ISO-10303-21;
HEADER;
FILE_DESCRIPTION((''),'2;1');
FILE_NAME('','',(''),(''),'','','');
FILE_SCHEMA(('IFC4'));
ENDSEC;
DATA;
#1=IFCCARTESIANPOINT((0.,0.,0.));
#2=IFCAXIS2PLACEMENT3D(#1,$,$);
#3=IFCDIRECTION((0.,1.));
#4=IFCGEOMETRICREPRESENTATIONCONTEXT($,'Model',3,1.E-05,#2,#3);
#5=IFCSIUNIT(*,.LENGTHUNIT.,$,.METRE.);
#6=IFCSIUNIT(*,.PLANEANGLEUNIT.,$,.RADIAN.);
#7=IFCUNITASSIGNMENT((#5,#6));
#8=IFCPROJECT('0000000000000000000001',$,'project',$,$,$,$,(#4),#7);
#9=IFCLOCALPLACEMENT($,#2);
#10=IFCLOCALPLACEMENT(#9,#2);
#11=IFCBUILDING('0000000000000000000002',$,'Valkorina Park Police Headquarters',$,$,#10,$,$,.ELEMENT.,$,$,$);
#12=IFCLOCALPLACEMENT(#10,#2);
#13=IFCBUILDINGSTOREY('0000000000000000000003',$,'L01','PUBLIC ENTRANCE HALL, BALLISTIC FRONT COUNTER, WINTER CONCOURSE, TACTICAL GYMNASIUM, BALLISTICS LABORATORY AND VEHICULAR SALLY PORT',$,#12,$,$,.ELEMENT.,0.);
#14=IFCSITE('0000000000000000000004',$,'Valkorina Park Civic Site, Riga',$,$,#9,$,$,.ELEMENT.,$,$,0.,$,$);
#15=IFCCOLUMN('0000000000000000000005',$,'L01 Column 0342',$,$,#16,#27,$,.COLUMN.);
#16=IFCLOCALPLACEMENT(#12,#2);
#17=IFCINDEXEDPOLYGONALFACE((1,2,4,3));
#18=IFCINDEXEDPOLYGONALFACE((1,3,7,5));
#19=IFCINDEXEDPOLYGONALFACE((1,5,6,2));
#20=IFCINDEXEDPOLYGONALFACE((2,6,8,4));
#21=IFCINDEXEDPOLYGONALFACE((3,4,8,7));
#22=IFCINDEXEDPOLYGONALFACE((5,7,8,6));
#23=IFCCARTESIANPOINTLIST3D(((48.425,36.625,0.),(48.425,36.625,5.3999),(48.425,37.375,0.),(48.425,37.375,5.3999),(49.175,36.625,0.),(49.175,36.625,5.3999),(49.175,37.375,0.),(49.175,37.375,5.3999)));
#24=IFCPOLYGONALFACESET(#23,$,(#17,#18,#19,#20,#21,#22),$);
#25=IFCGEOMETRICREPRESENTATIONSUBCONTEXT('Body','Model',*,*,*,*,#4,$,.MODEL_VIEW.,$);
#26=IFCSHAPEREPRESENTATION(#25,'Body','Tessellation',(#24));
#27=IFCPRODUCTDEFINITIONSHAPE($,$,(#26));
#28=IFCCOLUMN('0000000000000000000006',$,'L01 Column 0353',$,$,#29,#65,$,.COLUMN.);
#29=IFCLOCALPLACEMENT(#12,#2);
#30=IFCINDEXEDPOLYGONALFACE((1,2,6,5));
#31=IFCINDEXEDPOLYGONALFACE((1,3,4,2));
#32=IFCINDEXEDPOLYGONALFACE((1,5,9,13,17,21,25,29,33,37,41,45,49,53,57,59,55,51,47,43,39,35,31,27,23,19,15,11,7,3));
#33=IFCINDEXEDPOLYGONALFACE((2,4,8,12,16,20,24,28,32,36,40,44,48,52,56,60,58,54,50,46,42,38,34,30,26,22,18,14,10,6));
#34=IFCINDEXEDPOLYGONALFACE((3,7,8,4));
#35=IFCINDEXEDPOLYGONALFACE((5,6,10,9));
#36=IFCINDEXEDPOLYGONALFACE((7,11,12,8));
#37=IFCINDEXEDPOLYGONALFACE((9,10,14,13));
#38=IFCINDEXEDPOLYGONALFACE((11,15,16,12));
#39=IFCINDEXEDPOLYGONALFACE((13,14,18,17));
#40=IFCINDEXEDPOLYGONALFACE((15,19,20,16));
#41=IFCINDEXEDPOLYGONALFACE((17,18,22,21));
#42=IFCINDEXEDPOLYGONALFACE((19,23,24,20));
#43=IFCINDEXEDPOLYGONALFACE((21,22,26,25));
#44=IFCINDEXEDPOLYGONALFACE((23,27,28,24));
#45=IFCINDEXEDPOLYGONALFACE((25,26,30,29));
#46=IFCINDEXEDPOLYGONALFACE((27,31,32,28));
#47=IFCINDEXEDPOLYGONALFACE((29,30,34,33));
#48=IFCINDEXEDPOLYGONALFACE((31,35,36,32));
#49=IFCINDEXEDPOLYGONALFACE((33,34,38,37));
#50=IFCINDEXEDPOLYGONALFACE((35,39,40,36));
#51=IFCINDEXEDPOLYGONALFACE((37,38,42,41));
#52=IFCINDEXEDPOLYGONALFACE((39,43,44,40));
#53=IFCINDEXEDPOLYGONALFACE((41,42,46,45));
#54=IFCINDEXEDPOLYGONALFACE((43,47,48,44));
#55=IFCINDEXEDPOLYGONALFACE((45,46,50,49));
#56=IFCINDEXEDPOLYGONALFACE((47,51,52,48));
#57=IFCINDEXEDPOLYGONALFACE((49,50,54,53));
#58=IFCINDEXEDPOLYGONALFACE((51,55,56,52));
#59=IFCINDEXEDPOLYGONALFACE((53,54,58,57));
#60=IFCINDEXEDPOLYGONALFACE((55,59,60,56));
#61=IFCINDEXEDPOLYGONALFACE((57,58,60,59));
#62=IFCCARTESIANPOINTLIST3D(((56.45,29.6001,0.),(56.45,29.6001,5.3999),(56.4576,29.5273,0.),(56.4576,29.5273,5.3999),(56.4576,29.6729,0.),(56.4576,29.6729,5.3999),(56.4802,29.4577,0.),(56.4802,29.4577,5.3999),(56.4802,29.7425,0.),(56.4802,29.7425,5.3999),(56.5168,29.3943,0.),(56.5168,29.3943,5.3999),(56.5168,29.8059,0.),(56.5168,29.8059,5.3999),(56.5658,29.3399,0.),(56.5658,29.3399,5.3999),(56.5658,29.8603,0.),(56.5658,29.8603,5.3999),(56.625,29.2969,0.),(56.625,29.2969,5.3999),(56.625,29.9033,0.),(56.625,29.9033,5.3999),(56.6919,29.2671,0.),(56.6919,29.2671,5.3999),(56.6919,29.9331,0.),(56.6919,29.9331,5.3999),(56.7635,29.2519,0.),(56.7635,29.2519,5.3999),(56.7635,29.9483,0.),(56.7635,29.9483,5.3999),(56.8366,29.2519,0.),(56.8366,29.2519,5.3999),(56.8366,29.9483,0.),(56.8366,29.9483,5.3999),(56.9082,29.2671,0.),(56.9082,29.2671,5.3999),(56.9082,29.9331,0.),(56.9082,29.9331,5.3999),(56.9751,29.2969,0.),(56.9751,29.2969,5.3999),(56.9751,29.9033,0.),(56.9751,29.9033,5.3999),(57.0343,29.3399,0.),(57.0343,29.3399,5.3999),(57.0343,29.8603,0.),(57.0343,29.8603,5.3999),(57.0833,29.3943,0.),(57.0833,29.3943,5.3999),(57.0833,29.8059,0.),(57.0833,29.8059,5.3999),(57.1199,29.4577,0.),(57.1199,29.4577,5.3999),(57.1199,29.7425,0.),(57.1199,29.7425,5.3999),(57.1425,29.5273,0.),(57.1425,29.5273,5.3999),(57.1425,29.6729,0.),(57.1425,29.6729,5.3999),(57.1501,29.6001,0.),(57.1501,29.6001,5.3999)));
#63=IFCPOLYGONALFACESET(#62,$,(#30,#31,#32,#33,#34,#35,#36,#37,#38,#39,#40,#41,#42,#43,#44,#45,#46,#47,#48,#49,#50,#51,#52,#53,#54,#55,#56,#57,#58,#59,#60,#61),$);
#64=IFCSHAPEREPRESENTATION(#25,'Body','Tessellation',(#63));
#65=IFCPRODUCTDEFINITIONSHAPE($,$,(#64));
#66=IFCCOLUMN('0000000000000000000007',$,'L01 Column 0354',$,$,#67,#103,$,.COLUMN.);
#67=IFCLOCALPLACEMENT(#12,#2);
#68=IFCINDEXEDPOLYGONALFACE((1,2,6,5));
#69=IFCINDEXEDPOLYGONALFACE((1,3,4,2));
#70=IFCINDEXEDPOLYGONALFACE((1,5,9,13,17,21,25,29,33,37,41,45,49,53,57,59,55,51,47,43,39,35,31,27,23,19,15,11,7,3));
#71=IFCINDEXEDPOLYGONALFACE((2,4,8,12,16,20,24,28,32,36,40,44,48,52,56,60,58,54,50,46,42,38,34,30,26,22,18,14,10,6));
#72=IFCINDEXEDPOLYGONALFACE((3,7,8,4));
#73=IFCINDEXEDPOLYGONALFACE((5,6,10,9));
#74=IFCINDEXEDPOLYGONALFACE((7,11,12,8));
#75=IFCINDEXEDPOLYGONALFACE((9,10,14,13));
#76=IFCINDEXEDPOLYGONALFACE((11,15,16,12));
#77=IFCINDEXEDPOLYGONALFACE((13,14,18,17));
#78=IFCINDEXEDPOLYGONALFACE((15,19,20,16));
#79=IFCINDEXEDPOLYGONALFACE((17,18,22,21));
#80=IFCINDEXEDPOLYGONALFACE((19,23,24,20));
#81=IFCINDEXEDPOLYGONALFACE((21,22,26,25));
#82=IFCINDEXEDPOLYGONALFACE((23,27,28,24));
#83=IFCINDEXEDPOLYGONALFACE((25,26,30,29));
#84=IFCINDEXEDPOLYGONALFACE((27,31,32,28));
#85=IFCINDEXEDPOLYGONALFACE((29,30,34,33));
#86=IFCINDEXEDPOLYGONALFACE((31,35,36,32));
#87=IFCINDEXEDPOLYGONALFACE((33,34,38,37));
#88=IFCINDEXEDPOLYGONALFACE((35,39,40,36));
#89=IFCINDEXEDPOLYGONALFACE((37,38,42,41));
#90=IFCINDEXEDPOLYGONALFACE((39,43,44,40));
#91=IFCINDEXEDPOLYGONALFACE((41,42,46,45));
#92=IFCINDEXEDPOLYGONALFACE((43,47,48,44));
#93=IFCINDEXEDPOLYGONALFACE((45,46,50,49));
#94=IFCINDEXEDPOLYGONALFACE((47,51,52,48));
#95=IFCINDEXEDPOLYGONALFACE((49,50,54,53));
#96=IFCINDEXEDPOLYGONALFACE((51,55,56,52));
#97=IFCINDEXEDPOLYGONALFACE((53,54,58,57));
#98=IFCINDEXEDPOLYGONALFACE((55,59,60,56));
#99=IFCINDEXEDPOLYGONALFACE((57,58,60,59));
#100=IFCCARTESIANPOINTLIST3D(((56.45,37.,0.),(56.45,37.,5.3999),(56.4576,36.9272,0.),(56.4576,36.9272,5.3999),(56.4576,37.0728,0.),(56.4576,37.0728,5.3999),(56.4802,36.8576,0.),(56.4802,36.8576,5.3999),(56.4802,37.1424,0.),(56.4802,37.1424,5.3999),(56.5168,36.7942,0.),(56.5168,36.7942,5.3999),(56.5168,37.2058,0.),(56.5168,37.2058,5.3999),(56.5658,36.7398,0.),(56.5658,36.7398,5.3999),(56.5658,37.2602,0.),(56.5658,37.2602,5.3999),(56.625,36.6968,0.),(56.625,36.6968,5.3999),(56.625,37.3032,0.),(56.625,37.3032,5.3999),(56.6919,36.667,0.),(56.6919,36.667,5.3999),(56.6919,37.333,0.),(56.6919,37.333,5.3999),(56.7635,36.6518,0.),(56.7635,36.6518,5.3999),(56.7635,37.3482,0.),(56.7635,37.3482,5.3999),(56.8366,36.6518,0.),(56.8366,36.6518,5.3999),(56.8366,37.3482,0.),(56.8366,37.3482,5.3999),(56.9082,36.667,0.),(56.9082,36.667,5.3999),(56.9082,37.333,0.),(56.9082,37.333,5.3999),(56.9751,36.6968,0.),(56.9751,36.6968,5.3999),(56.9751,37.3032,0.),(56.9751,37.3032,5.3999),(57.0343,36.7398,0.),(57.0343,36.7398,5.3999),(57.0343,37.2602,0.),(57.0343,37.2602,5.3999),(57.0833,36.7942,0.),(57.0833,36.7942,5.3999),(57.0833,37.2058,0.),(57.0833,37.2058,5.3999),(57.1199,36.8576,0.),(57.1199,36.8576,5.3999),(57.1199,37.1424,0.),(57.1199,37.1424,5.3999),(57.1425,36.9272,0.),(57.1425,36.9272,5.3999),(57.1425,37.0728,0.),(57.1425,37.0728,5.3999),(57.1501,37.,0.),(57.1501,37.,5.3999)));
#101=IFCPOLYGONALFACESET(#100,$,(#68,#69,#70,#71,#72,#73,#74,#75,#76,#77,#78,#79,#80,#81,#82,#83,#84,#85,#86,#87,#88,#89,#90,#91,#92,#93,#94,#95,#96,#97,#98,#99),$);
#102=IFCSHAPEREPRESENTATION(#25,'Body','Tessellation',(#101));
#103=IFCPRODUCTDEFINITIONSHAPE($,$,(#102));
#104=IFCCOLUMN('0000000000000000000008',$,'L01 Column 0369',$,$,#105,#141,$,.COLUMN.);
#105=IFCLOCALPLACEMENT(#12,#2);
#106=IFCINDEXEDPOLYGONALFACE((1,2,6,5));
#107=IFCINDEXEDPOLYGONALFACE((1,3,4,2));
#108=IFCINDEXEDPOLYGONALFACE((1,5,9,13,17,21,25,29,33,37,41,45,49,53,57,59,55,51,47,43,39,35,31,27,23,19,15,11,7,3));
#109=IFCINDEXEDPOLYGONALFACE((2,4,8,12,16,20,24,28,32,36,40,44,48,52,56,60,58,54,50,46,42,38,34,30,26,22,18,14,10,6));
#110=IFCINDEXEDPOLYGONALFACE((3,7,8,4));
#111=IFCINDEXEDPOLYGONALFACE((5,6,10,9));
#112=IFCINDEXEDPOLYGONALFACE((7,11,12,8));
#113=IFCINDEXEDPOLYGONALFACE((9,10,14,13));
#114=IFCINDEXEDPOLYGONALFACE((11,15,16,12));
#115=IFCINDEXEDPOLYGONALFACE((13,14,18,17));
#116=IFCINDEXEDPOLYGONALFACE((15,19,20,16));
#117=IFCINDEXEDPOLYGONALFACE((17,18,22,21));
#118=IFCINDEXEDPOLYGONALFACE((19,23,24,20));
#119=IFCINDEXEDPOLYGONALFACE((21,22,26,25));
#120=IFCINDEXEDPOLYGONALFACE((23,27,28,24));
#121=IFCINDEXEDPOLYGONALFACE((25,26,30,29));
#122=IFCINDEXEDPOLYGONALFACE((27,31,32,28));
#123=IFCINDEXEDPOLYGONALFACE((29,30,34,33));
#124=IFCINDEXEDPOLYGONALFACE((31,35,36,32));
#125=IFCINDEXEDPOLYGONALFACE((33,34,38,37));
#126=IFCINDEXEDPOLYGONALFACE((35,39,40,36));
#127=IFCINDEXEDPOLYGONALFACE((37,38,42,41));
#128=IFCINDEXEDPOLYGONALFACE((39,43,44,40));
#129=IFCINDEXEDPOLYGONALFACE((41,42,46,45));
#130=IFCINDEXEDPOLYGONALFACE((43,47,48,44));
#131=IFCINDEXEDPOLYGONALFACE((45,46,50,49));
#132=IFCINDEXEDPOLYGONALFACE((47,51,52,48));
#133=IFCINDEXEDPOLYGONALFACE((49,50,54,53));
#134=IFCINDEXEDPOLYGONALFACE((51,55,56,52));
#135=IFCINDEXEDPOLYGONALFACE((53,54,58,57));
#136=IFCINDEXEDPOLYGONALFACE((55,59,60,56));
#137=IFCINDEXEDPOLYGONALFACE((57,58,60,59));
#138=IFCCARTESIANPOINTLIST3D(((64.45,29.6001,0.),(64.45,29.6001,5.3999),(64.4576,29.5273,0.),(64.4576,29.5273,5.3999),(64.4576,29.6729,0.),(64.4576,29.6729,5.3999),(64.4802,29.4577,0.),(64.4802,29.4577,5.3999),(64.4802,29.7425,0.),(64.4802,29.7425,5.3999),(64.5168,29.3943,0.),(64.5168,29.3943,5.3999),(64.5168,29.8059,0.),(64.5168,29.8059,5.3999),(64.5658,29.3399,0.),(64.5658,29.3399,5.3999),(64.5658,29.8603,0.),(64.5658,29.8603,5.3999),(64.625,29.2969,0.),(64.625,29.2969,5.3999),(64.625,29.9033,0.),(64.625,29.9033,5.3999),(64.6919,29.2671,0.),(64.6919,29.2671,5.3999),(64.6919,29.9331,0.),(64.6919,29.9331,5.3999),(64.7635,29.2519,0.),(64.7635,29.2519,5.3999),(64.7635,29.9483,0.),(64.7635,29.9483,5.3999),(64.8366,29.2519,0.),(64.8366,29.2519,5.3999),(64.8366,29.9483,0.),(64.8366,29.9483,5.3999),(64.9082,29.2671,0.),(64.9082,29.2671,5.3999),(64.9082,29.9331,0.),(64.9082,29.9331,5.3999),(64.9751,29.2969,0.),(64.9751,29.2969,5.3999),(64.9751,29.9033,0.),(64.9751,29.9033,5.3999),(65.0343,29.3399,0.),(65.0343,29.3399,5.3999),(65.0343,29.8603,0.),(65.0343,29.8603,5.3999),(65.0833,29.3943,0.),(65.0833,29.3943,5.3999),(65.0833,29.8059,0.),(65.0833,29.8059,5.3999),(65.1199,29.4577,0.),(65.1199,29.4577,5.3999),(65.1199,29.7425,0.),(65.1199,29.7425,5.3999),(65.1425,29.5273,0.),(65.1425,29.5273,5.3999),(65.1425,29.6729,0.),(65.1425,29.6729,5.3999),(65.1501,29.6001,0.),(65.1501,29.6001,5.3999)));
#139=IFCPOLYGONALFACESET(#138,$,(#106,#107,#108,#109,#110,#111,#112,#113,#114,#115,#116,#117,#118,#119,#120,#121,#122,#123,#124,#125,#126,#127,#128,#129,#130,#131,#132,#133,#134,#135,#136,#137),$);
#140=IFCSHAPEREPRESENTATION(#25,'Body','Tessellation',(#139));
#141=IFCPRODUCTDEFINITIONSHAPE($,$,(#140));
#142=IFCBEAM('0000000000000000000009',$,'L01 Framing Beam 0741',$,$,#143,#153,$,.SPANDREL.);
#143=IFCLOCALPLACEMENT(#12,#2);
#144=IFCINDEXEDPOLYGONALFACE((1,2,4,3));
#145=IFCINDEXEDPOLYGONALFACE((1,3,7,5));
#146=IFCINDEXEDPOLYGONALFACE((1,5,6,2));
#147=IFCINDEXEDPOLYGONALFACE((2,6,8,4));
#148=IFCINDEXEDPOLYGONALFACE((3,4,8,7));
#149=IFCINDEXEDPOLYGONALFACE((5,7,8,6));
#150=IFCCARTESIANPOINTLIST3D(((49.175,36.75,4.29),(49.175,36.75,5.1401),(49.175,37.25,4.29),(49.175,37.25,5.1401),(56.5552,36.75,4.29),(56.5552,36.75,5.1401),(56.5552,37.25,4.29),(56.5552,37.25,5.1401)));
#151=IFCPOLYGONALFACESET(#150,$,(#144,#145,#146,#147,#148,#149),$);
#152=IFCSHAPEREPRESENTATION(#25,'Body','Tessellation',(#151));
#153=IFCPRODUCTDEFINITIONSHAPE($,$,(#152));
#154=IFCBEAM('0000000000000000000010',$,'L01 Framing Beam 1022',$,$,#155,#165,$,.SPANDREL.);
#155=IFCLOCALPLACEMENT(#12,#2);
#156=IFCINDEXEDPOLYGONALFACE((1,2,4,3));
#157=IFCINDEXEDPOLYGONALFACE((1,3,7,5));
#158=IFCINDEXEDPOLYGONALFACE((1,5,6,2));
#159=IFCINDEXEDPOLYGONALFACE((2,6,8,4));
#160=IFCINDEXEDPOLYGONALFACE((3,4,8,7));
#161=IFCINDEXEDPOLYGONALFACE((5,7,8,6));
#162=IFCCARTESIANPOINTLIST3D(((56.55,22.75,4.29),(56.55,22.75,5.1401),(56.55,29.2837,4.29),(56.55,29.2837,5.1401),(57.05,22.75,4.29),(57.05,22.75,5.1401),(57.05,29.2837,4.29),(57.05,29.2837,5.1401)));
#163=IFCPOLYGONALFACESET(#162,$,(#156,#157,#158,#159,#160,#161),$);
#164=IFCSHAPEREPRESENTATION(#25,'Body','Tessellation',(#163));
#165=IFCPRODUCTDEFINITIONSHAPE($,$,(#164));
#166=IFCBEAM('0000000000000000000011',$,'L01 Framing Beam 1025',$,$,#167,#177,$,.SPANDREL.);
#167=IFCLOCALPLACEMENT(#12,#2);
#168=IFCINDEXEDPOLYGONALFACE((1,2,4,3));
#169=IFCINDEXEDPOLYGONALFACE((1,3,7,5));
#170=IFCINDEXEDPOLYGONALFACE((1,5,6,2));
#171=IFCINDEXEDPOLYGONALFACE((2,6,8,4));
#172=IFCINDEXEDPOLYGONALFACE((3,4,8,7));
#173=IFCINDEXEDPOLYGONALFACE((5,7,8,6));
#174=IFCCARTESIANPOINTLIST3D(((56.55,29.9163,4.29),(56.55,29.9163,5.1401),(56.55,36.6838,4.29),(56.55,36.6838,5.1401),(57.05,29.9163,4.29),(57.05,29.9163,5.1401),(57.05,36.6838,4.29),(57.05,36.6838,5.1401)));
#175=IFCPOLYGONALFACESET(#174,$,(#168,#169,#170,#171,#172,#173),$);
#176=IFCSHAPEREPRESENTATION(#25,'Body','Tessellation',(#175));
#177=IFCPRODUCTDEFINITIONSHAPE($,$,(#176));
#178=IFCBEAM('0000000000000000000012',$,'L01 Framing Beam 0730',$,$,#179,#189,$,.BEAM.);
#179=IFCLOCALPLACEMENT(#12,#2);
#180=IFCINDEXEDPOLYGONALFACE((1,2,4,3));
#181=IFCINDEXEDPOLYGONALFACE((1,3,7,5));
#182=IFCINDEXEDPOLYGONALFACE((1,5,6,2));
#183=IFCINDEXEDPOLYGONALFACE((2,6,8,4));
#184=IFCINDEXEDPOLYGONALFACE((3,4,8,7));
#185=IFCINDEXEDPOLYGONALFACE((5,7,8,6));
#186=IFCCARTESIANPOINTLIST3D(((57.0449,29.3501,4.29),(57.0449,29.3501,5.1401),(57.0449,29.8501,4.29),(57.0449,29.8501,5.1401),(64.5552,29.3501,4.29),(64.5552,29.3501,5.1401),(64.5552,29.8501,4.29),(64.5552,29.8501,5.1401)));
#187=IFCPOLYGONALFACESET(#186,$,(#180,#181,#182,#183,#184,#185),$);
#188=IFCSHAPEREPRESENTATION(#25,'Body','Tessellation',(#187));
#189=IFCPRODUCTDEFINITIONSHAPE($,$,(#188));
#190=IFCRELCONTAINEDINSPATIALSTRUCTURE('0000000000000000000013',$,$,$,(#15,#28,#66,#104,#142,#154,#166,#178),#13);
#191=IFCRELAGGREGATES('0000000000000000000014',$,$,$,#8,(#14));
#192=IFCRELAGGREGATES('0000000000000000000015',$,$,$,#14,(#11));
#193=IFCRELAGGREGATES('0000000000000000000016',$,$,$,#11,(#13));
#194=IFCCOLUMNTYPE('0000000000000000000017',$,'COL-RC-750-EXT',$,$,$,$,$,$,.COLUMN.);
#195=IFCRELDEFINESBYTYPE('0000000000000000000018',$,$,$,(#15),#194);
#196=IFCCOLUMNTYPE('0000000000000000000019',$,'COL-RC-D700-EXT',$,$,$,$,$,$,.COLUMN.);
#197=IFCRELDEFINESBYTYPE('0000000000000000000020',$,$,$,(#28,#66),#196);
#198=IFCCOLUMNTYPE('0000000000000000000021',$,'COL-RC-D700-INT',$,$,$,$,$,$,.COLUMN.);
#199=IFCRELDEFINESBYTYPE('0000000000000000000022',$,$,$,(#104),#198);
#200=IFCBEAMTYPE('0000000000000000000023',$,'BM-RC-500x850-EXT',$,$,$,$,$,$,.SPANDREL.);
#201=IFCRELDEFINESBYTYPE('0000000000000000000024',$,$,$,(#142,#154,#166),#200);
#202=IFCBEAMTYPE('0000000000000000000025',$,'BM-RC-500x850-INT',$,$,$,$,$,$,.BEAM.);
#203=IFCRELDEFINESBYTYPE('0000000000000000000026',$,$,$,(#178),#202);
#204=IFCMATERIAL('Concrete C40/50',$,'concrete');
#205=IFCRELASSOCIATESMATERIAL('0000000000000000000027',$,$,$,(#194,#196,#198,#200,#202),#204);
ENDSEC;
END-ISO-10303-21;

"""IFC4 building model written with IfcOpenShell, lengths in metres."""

from ifc_helpers import new_model, si_unit, direction, frame, origin, origin_2d, place, context, subcontext, project, spatial, rectangle, circle, extrude, material, material_profile, profile_set, type_object, element, save


model = new_model("IFC4")

# Units and contexts
model_context = context("Model", 3, precision=1e-05, world=origin(), true_north=direction((0.0, 1.0)))
body_context = subcontext(model_context, "Body", "Model", "MODEL_VIEW")
ifc_project = project(units=[si_unit("LENGTHUNIT", "METRE"), si_unit("PLANEANGLEUNIT", "RADIAN")], contexts=[model_context])

# Site, building, storey
site_placement = place(None, origin())
site = spatial("IfcSite", under=ifc_project, at=site_placement, Name="Valkorina Park Civic Site, Riga", CompositionType="ELEMENT", RefElevation=0.0)
building_placement = place(site_placement, origin())
building = spatial("IfcBuilding", under=site, at=building_placement, Name="Valkorina Park Police Headquarters", CompositionType="ELEMENT")
storey_placement = place(building_placement, origin())
storey = spatial("IfcBuildingStorey", under=building, at=storey_placement, Name="L01", Description="PUBLIC ENTRANCE HALL, BALLISTIC FRONT COUNTER, WINTER CONCOURSE, TACTICAL GYMNASIUM, BALLISTICS LABORATORY AND VEHICULAR SALLY PORT", CompositionType="ELEMENT", Elevation=0.0)

# Columns
ifc_material_1 = material(Name="Concrete C40/50", Category="concrete")
ifc_material_profile_1 = material_profile(ifc_material_1, rectangle(XDim=0.75, YDim=0.75, at=origin_2d()), Name="RC COL 750x750")
ifc_profile_set_1 = profile_set([ifc_material_profile_1], Name="Concrete C40/50")
column_type_1 = type_object("IfcColumnType", Name="COL-RC-750-EXT", PredefinedType="COLUMN", material=ifc_profile_set_1)
column_1_placement = place(storey_placement, frame((48.8, 37.0, 0.0), z_axis=(0.0, 0.0, 1.0), x_axis=(1.0, 0.0, 0.0)))
element("IfcColumn", 1, at=column_1_placement, inside=storey, type_object=column_type_1, Name="L01 Column 0342", PredefinedType="COLUMN", context=body_context, shape_type="SweptSolid", body=[
    extrude(rectangle(XDim=0.75, YDim=0.75, at=origin_2d()), origin(), (0.0, 0.0, 1.0), 5.3999),
])
ifc_material_profile_2 = material_profile(ifc_material_1, circle(Radius=0.3501, at=origin_2d()), Name="RC COL D700")
ifc_profile_set_2 = profile_set([ifc_material_profile_2], Name="Concrete C40/50")
column_type_2 = type_object("IfcColumnType", Name="COL-RC-D700-EXT", PredefinedType="COLUMN", material=ifc_profile_set_2)
for number, where, z_axis, x_axis, name in (
    (2, (56.8, 29.6001, 0.0), (0.0, 0.0, 1.0), (1.0, 0.0, 0.0), "L01 Column 0353"),
    (3, (56.8, 37.0, 0.0), (0.0, 0.0, 1.0), (1.0, 0.0, 0.0), "L01 Column 0354"),
):
    element("IfcColumn", number, at=place(storey_placement, frame(where, z_axis=z_axis, x_axis=x_axis)), inside=storey, type_object=column_type_2, Name=name, PredefinedType="COLUMN", context=body_context, shape_type="SweptSolid", body=[
        extrude(circle(Radius=0.3501, at=origin_2d()), origin(), (0.0, 0.0, 1.0), 5.3999),
    ])
ifc_material_profile_3 = material_profile(ifc_material_1, circle(Radius=0.3501, at=origin_2d()), Name="RC COL D700")
ifc_profile_set_3 = profile_set([ifc_material_profile_3], Name="Concrete C40/50")
column_type_3 = type_object("IfcColumnType", Name="COL-RC-D700-INT", PredefinedType="COLUMN", material=ifc_profile_set_3)
column_2_placement = place(storey_placement, frame((64.8, 29.6001, 0.0), z_axis=(0.0, 0.0, 1.0), x_axis=(1.0, 0.0, 0.0)))
element("IfcColumn", 4, at=column_2_placement, inside=storey, type_object=column_type_3, Name="L01 Column 0369", PredefinedType="COLUMN", context=body_context, shape_type="SweptSolid", body=[
    extrude(circle(Radius=0.3501, at=origin_2d()), origin(), (0.0, 0.0, 1.0), 5.3999),
])

# Beams
ifc_material_profile_4 = material_profile(ifc_material_1, rectangle(XDim=0.5, YDim=0.8501, at=origin_2d()), Name="RC BEAM 500x850")
ifc_profile_set_4 = profile_set([ifc_material_profile_4], Name="Concrete C40/50")
beam_type_1 = type_object("IfcBeamType", Name="BM-RC-500x850-EXT", PredefinedType="SPANDREL", material=ifc_profile_set_4)
beam_1_placement = place(storey_placement, frame((49.175, 37.0, 4.7151), z_axis=(1.0, 0.0, 0.0), x_axis=(0.0, 1.0, 0.0)))
element("IfcBeam", 5, at=beam_1_placement, inside=storey, type_object=beam_type_1, Name="L01 Framing Beam 0741", PredefinedType="SPANDREL", context=body_context, shape_type="SweptSolid", body=[
    extrude(rectangle(XDim=0.5, YDim=0.8501, at=origin_2d()), origin(), (0.0, 0.0, 1.0), 7.3801),
])
beam_2_placement = place(storey_placement, frame((56.8, 22.75, 4.7151), z_axis=(0.0, 1.0, 0.0), x_axis=(-1.0, 0.0, 0.0)))
element("IfcBeam", 6, at=beam_2_placement, inside=storey, type_object=beam_type_1, Name="L01 Framing Beam 1022", PredefinedType="SPANDREL", context=body_context, shape_type="SweptSolid", body=[
    extrude(rectangle(XDim=0.5, YDim=0.8501, at=origin_2d()), origin(), (0.0, 0.0, 1.0), 6.5337),
])
beam_3_placement = place(storey_placement, frame((56.8, 29.9163, 4.7151), z_axis=(0.0, 1.0, 0.0), x_axis=(-1.0, 0.0, 0.0)))
element("IfcBeam", 7, at=beam_3_placement, inside=storey, type_object=beam_type_1, Name="L01 Framing Beam 1025", PredefinedType="SPANDREL", context=body_context, shape_type="SweptSolid", body=[
    extrude(rectangle(XDim=0.5, YDim=0.8501, at=origin_2d()), origin(), (0.0, 0.0, 1.0), 6.7676),
])
ifc_material_profile_5 = material_profile(ifc_material_1, rectangle(XDim=0.5, YDim=0.8501, at=origin_2d()), Name="RC BEAM 500x850")
ifc_profile_set_5 = profile_set([ifc_material_profile_5], Name="Concrete C40/50")
beam_type_2 = type_object("IfcBeamType", Name="BM-RC-500x850-INT", PredefinedType="BEAM", material=ifc_profile_set_5)
for number, where, z_axis, x_axis, name in (
    (8, (57.0449, 29.6001, 4.7151), (1.0, 0.0, 0.0), (0.0, 1.0, 0.0), "L01 Framing Beam 0730"),
):
    element("IfcBeam", number, at=place(storey_placement, frame(where, z_axis=z_axis, x_axis=x_axis)), inside=storey, type_object=beam_type_2, Name=name, PredefinedType="BEAM", context=body_context, shape_type="SweptSolid", body=[
        extrude(rectangle(XDim=0.5, YDim=0.8501, at=origin_2d()), origin(), (0.0, 0.0, 1.0), 7.5103),
    ])

save(model, "model.ifc")
